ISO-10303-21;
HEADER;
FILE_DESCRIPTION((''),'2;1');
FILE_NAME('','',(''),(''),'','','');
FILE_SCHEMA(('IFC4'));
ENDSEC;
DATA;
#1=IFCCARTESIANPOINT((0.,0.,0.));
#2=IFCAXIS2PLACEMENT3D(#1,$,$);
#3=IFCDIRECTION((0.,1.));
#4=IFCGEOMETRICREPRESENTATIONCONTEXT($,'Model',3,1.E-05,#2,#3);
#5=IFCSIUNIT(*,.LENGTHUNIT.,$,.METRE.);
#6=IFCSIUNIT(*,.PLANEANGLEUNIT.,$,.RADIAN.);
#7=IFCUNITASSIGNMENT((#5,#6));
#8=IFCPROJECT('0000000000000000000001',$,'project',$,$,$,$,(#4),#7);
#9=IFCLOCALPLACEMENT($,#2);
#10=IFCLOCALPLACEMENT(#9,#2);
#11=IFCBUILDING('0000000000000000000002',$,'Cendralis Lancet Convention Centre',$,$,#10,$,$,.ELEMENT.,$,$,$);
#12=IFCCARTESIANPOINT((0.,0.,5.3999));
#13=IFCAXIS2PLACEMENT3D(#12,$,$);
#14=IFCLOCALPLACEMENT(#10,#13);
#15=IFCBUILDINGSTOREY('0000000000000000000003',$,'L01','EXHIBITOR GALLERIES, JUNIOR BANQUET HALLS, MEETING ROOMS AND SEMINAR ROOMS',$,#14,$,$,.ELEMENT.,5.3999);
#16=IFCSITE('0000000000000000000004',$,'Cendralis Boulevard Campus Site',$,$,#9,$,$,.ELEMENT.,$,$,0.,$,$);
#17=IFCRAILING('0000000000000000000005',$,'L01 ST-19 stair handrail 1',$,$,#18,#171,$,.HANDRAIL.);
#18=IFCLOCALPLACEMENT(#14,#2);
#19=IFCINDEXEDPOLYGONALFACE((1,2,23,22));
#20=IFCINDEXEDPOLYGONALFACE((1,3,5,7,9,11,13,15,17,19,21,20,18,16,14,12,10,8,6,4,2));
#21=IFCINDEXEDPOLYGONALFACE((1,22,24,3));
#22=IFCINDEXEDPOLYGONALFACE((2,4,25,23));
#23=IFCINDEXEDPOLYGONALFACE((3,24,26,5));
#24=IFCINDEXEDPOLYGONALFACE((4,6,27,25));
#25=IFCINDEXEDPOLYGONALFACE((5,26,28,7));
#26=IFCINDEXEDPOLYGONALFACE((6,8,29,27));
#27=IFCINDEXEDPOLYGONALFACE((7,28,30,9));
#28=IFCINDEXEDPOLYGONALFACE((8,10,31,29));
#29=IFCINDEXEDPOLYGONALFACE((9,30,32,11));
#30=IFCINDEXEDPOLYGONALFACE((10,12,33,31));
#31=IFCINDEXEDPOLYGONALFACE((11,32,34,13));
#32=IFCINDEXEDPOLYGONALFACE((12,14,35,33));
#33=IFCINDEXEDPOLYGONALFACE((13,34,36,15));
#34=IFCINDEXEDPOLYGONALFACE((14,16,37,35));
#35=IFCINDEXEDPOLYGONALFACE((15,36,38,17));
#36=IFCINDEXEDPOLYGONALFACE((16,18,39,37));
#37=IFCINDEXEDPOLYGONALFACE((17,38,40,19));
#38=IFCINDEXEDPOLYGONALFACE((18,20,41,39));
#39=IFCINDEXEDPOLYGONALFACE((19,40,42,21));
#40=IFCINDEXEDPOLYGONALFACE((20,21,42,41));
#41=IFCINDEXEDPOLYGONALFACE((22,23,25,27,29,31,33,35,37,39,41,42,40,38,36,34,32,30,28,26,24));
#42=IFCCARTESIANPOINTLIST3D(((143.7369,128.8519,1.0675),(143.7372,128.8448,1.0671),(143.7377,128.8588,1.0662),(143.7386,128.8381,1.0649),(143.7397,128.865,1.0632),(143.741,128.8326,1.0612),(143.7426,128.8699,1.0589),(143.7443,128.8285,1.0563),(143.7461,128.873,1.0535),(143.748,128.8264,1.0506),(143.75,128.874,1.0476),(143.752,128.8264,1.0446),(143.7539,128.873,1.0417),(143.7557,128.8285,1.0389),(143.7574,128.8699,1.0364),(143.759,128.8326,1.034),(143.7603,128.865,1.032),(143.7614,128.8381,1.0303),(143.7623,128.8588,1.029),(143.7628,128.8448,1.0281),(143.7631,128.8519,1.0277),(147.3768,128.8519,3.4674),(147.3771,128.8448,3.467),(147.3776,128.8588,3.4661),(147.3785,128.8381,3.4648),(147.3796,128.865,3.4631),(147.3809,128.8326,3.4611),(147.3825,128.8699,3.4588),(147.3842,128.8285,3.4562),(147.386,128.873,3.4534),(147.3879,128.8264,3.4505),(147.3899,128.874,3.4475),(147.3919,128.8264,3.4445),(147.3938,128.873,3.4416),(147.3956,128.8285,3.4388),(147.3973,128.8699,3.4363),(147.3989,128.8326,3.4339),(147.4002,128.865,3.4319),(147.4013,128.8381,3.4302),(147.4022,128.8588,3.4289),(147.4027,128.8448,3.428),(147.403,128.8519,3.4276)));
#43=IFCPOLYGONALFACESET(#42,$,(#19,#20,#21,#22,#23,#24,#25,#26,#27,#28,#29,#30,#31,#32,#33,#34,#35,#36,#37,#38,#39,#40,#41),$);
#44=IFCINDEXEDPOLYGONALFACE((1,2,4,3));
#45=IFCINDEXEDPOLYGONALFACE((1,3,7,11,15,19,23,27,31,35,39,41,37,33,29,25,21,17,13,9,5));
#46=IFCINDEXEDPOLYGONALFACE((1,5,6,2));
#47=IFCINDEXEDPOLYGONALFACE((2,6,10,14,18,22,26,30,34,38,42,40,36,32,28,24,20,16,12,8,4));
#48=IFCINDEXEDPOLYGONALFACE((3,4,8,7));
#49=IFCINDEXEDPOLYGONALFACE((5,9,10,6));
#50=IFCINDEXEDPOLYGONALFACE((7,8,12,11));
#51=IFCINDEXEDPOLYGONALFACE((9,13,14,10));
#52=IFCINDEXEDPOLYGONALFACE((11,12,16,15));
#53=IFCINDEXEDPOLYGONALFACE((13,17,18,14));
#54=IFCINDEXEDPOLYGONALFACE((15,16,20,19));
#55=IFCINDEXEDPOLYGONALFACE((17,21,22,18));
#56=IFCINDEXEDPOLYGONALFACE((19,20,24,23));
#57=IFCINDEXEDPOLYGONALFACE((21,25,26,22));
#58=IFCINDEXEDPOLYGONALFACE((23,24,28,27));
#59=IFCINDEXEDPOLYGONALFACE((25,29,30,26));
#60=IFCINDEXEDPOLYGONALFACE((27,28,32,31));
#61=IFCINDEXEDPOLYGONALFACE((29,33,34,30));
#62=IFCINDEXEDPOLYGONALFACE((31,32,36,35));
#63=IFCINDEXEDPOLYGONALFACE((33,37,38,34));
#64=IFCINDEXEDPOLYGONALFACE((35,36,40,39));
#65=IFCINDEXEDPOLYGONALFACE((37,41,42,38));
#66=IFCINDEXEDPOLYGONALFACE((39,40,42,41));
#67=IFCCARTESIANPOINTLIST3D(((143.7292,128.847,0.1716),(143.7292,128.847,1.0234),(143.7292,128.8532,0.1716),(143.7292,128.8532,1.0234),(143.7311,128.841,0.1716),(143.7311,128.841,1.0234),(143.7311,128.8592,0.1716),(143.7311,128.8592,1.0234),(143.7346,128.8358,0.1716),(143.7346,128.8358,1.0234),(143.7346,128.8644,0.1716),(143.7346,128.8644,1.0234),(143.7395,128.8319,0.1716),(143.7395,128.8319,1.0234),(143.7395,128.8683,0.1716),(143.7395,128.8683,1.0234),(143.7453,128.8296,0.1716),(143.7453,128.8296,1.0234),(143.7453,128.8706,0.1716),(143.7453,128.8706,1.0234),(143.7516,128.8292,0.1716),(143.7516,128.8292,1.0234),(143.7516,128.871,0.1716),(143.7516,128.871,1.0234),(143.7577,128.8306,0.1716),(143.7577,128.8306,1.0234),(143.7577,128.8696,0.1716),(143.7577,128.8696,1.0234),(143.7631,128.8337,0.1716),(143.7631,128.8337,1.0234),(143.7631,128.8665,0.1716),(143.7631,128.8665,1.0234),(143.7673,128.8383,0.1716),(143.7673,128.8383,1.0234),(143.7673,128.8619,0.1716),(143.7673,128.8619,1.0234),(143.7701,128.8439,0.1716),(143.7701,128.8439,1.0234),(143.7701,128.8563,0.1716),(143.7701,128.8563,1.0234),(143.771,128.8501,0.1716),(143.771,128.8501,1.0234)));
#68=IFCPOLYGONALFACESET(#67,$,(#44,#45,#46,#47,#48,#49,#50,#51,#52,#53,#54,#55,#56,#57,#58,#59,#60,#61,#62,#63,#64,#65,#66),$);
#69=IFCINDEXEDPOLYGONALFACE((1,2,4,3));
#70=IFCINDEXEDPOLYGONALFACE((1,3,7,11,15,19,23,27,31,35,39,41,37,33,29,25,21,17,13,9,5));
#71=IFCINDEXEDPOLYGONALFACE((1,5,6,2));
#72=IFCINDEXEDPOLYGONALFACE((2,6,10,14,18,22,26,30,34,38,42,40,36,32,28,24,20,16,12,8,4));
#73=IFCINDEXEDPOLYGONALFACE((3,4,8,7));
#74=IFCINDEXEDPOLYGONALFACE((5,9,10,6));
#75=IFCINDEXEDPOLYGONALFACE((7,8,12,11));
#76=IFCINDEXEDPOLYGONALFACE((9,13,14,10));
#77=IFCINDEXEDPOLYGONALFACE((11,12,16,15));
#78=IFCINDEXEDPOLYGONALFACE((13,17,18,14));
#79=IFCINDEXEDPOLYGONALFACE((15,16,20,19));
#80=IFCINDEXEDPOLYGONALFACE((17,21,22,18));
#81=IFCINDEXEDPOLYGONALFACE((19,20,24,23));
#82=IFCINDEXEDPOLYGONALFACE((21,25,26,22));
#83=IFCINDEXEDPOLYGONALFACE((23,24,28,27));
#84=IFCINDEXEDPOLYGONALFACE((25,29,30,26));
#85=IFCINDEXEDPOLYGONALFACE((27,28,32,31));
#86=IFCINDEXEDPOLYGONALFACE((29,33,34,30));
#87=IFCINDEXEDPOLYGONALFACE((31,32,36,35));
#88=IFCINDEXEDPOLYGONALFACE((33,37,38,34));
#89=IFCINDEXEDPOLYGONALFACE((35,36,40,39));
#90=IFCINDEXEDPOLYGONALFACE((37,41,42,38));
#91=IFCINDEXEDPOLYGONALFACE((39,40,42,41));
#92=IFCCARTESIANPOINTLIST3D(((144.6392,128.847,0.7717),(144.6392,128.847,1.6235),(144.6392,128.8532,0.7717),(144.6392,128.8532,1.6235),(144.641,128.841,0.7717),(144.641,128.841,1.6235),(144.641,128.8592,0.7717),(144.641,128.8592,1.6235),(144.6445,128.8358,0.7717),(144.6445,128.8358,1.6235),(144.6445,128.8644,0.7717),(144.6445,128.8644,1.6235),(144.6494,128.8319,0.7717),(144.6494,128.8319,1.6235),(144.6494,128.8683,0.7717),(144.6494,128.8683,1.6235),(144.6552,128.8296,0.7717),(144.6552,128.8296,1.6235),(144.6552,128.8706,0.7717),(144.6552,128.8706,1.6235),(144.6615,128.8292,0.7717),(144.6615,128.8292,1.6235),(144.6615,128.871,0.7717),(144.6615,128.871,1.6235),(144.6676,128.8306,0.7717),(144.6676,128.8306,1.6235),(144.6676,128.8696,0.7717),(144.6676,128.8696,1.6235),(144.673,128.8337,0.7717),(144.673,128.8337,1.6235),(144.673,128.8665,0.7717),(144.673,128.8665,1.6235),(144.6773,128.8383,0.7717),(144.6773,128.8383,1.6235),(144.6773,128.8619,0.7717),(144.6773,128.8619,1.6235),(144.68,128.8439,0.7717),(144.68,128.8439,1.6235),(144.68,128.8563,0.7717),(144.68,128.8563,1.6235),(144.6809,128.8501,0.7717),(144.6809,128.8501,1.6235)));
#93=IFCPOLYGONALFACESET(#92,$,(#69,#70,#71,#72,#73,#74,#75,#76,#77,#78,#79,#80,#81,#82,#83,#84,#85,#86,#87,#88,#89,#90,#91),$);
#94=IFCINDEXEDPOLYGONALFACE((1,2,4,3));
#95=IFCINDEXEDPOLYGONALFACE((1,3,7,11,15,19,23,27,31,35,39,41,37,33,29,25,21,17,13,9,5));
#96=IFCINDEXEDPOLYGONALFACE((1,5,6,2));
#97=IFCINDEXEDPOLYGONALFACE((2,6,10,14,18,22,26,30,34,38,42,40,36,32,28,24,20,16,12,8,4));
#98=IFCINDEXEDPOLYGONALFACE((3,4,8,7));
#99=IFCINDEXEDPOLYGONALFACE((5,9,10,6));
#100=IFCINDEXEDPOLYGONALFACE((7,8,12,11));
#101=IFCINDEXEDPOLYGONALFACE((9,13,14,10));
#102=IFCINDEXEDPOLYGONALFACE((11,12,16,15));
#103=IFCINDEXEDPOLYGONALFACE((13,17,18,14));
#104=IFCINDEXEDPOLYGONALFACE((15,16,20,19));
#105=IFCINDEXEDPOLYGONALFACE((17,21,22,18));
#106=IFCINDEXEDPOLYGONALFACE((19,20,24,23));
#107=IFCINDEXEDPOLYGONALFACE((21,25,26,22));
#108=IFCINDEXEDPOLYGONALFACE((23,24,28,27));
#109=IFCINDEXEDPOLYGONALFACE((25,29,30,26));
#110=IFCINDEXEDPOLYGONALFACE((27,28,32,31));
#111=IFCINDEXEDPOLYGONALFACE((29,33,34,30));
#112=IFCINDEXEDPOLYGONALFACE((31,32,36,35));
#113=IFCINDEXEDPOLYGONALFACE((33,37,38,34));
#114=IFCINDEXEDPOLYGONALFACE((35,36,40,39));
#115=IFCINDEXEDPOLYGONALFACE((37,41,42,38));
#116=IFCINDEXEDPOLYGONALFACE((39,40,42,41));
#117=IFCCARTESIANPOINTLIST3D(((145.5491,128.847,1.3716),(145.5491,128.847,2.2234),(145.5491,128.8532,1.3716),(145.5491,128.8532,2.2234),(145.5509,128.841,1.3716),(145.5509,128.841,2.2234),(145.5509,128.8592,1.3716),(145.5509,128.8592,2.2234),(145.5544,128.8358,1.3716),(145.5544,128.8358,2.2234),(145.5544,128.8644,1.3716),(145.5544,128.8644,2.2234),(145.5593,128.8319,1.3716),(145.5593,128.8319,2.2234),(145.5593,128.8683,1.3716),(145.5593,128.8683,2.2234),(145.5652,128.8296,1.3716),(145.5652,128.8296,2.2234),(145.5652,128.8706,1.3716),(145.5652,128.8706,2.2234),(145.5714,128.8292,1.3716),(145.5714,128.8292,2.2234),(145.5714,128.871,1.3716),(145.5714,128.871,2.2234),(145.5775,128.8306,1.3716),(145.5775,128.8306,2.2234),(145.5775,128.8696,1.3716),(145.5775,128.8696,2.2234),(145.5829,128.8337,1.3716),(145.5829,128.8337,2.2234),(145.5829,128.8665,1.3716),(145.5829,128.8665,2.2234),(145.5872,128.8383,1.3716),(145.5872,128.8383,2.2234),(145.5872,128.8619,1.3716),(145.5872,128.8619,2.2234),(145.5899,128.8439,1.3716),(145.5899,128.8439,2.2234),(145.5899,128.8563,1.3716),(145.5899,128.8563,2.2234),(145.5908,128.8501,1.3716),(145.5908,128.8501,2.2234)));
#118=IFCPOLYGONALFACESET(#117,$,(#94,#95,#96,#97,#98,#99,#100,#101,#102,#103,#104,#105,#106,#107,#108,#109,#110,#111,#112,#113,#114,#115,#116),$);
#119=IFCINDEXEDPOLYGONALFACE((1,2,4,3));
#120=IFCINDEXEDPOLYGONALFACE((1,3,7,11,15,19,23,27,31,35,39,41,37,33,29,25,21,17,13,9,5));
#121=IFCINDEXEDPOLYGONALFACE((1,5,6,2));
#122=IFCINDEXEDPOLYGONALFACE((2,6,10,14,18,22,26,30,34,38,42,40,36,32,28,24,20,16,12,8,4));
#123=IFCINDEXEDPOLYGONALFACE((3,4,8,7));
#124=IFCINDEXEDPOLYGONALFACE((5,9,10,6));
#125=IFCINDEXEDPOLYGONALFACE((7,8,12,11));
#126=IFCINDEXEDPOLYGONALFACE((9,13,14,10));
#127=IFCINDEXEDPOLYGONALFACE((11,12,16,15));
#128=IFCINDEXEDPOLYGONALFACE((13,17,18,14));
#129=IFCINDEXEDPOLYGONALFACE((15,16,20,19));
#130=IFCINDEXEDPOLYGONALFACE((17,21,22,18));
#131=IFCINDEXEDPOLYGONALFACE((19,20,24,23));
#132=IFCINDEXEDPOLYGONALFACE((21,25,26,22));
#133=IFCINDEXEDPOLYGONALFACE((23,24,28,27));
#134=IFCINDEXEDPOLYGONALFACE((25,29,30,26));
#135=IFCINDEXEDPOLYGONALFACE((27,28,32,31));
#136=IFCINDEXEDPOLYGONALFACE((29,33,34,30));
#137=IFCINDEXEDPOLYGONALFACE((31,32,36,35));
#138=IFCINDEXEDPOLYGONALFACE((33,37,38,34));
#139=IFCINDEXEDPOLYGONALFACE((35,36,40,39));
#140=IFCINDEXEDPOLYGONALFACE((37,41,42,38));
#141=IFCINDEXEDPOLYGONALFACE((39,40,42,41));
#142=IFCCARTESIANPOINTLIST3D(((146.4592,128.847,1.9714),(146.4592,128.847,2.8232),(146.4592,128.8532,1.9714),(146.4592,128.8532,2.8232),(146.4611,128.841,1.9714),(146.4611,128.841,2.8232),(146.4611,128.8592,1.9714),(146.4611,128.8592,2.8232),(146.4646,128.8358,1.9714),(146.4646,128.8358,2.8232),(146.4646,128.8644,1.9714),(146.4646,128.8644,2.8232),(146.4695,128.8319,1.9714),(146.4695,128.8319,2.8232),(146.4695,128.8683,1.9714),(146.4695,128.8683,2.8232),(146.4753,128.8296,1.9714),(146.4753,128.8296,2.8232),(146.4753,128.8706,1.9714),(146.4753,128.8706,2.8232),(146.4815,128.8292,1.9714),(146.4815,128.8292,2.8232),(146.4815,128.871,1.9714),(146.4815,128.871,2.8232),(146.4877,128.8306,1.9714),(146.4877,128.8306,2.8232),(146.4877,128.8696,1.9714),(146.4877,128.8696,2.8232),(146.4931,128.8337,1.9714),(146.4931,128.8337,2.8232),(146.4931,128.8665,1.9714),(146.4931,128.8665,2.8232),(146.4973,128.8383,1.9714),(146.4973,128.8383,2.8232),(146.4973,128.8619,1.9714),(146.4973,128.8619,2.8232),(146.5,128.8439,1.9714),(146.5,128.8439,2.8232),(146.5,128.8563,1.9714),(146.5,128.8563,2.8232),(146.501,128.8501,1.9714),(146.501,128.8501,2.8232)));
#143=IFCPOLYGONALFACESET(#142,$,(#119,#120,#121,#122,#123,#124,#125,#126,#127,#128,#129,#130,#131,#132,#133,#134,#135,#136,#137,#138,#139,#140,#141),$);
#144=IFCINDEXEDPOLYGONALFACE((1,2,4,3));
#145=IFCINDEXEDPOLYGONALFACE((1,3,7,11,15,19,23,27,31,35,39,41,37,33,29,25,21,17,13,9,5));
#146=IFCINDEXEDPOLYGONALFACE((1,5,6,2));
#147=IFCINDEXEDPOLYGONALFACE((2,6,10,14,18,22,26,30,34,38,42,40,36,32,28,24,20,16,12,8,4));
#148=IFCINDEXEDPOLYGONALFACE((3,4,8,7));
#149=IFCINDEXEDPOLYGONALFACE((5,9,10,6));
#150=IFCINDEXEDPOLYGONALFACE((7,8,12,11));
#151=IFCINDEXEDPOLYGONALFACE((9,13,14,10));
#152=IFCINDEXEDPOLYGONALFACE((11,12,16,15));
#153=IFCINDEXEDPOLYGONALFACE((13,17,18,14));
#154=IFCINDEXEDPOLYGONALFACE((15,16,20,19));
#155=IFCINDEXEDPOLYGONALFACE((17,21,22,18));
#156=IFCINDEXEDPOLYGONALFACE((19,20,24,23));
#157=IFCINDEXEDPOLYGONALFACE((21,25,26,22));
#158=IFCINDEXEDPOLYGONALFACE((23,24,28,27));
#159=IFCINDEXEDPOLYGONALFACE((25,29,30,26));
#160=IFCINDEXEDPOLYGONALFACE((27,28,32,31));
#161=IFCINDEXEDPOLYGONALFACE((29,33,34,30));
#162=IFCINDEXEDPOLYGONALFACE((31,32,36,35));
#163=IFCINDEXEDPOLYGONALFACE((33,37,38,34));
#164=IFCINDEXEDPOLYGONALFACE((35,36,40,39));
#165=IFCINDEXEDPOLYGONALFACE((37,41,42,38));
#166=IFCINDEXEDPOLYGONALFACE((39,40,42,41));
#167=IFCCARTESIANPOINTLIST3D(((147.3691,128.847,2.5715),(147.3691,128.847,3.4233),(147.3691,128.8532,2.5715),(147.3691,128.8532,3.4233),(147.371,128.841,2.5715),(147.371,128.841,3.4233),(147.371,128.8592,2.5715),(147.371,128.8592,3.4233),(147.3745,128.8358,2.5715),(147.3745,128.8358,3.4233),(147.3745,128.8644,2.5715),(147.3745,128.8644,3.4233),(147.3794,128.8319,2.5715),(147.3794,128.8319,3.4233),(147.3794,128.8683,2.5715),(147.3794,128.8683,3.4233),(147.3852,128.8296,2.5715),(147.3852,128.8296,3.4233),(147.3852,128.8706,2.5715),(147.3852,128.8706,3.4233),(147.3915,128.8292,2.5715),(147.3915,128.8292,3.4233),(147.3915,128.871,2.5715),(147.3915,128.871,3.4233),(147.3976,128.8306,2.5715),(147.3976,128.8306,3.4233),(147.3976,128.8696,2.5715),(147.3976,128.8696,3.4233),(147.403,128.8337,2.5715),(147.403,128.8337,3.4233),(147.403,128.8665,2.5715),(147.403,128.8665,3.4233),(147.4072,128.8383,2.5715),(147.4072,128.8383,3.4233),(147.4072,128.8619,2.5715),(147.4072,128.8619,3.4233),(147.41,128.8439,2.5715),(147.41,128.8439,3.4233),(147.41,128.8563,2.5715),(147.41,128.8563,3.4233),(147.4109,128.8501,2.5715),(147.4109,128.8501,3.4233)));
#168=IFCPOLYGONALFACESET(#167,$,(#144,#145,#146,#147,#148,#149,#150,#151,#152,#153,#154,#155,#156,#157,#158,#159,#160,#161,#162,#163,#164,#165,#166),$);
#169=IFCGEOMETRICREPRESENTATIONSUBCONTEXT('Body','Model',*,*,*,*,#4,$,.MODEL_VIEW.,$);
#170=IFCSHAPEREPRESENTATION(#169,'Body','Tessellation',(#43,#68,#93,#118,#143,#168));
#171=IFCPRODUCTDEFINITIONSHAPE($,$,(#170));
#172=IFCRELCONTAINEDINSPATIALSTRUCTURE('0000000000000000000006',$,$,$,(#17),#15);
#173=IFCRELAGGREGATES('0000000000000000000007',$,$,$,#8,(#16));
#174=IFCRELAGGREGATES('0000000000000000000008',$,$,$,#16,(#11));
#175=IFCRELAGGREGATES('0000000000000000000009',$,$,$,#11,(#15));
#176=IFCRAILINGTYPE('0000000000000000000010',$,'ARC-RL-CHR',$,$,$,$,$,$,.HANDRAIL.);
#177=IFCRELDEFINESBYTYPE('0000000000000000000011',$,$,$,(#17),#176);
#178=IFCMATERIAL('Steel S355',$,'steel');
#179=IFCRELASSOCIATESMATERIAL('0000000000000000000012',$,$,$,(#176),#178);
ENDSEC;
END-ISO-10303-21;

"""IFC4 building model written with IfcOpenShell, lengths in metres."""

from ifc_helpers import new_model, si_unit, direction, frame, origin, origin_2d, place, context, subcontext, project, spatial, circle, extrude, material, type_object, element, save


model = new_model("IFC4")

# Units and contexts
model_context = context("Model", 3, precision=1e-05, world=origin(), true_north=direction((0.0, 1.0)))
body_context = subcontext(model_context, "Body", "Model", "MODEL_VIEW")
ifc_project = project(units=[si_unit("LENGTHUNIT", "METRE"), si_unit("PLANEANGLEUNIT", "RADIAN")], contexts=[model_context])

# Site, building, storey
site_placement = place(None, origin())
site = spatial("IfcSite", under=ifc_project, at=site_placement, Name="Cendralis Boulevard Campus Site", CompositionType="ELEMENT", RefElevation=0.0)
building_placement = place(site_placement, origin())
building = spatial("IfcBuilding", under=site, at=building_placement, Name="Cendralis Lancet Convention Centre", CompositionType="ELEMENT")
storey_placement = place(building_placement, frame((0.0, 0.0, 5.3999)))
storey = spatial("IfcBuildingStorey", under=building, at=storey_placement, Name="L01", Description="EXHIBITOR GALLERIES, JUNIOR BANQUET HALLS, MEETING ROOMS AND SEMINAR ROOMS", CompositionType="ELEMENT", Elevation=5.3999)

# Shared definitions
ifc_material_1 = material(Name="Steel S355", Category="steel")

# Railing
railing_type_1 = type_object("IfcRailingType", Name="ARC-RL-CHR", PredefinedType="HANDRAIL", material=ifc_material_1)
railing_1_placement = place(storey_placement, frame((143.75, 128.8501, 0.1716)))
element("IfcRailing", 1, at=railing_1_placement, inside=storey, type_object=railing_type_1, Name="L01 ST-19 stair handrail 1", PredefinedType="HANDRAIL", context=body_context, shape_type="SweptSolid", body=[
    extrude(circle(Radius=0.0239, at=origin_2d()), frame((0.0, 0.0, 0.876), z_axis=(0.834865, 0.0, 0.550454), x_axis=(0.0, 1.0, 0.0)), (0.0, 0.0, 1.0), 4.3599),
    extrude(circle(Radius=0.021, at=origin_2d()), origin(), (0.0, 0.0, 1.0), 0.8518),
    extrude(circle(Radius=0.021, at=origin_2d()), frame((0.9099, 0.0, 0.6001)), (0.0, 0.0, 1.0), 0.8518),
    extrude(circle(Radius=0.021, at=origin_2d()), frame((1.8198, 0.0, 1.2)), (0.0, 0.0, 1.0), 0.8518),
    extrude(circle(Radius=0.021, at=origin_2d()), frame((2.73, 0.0, 1.7998)), (0.0, 0.0, 1.0), 0.8518),
    extrude(circle(Radius=0.021, at=origin_2d()), frame((3.6399, 0.0, 2.3999)), (0.0, 0.0, 1.0), 0.8518),
])

save(model, "model.ifc")
